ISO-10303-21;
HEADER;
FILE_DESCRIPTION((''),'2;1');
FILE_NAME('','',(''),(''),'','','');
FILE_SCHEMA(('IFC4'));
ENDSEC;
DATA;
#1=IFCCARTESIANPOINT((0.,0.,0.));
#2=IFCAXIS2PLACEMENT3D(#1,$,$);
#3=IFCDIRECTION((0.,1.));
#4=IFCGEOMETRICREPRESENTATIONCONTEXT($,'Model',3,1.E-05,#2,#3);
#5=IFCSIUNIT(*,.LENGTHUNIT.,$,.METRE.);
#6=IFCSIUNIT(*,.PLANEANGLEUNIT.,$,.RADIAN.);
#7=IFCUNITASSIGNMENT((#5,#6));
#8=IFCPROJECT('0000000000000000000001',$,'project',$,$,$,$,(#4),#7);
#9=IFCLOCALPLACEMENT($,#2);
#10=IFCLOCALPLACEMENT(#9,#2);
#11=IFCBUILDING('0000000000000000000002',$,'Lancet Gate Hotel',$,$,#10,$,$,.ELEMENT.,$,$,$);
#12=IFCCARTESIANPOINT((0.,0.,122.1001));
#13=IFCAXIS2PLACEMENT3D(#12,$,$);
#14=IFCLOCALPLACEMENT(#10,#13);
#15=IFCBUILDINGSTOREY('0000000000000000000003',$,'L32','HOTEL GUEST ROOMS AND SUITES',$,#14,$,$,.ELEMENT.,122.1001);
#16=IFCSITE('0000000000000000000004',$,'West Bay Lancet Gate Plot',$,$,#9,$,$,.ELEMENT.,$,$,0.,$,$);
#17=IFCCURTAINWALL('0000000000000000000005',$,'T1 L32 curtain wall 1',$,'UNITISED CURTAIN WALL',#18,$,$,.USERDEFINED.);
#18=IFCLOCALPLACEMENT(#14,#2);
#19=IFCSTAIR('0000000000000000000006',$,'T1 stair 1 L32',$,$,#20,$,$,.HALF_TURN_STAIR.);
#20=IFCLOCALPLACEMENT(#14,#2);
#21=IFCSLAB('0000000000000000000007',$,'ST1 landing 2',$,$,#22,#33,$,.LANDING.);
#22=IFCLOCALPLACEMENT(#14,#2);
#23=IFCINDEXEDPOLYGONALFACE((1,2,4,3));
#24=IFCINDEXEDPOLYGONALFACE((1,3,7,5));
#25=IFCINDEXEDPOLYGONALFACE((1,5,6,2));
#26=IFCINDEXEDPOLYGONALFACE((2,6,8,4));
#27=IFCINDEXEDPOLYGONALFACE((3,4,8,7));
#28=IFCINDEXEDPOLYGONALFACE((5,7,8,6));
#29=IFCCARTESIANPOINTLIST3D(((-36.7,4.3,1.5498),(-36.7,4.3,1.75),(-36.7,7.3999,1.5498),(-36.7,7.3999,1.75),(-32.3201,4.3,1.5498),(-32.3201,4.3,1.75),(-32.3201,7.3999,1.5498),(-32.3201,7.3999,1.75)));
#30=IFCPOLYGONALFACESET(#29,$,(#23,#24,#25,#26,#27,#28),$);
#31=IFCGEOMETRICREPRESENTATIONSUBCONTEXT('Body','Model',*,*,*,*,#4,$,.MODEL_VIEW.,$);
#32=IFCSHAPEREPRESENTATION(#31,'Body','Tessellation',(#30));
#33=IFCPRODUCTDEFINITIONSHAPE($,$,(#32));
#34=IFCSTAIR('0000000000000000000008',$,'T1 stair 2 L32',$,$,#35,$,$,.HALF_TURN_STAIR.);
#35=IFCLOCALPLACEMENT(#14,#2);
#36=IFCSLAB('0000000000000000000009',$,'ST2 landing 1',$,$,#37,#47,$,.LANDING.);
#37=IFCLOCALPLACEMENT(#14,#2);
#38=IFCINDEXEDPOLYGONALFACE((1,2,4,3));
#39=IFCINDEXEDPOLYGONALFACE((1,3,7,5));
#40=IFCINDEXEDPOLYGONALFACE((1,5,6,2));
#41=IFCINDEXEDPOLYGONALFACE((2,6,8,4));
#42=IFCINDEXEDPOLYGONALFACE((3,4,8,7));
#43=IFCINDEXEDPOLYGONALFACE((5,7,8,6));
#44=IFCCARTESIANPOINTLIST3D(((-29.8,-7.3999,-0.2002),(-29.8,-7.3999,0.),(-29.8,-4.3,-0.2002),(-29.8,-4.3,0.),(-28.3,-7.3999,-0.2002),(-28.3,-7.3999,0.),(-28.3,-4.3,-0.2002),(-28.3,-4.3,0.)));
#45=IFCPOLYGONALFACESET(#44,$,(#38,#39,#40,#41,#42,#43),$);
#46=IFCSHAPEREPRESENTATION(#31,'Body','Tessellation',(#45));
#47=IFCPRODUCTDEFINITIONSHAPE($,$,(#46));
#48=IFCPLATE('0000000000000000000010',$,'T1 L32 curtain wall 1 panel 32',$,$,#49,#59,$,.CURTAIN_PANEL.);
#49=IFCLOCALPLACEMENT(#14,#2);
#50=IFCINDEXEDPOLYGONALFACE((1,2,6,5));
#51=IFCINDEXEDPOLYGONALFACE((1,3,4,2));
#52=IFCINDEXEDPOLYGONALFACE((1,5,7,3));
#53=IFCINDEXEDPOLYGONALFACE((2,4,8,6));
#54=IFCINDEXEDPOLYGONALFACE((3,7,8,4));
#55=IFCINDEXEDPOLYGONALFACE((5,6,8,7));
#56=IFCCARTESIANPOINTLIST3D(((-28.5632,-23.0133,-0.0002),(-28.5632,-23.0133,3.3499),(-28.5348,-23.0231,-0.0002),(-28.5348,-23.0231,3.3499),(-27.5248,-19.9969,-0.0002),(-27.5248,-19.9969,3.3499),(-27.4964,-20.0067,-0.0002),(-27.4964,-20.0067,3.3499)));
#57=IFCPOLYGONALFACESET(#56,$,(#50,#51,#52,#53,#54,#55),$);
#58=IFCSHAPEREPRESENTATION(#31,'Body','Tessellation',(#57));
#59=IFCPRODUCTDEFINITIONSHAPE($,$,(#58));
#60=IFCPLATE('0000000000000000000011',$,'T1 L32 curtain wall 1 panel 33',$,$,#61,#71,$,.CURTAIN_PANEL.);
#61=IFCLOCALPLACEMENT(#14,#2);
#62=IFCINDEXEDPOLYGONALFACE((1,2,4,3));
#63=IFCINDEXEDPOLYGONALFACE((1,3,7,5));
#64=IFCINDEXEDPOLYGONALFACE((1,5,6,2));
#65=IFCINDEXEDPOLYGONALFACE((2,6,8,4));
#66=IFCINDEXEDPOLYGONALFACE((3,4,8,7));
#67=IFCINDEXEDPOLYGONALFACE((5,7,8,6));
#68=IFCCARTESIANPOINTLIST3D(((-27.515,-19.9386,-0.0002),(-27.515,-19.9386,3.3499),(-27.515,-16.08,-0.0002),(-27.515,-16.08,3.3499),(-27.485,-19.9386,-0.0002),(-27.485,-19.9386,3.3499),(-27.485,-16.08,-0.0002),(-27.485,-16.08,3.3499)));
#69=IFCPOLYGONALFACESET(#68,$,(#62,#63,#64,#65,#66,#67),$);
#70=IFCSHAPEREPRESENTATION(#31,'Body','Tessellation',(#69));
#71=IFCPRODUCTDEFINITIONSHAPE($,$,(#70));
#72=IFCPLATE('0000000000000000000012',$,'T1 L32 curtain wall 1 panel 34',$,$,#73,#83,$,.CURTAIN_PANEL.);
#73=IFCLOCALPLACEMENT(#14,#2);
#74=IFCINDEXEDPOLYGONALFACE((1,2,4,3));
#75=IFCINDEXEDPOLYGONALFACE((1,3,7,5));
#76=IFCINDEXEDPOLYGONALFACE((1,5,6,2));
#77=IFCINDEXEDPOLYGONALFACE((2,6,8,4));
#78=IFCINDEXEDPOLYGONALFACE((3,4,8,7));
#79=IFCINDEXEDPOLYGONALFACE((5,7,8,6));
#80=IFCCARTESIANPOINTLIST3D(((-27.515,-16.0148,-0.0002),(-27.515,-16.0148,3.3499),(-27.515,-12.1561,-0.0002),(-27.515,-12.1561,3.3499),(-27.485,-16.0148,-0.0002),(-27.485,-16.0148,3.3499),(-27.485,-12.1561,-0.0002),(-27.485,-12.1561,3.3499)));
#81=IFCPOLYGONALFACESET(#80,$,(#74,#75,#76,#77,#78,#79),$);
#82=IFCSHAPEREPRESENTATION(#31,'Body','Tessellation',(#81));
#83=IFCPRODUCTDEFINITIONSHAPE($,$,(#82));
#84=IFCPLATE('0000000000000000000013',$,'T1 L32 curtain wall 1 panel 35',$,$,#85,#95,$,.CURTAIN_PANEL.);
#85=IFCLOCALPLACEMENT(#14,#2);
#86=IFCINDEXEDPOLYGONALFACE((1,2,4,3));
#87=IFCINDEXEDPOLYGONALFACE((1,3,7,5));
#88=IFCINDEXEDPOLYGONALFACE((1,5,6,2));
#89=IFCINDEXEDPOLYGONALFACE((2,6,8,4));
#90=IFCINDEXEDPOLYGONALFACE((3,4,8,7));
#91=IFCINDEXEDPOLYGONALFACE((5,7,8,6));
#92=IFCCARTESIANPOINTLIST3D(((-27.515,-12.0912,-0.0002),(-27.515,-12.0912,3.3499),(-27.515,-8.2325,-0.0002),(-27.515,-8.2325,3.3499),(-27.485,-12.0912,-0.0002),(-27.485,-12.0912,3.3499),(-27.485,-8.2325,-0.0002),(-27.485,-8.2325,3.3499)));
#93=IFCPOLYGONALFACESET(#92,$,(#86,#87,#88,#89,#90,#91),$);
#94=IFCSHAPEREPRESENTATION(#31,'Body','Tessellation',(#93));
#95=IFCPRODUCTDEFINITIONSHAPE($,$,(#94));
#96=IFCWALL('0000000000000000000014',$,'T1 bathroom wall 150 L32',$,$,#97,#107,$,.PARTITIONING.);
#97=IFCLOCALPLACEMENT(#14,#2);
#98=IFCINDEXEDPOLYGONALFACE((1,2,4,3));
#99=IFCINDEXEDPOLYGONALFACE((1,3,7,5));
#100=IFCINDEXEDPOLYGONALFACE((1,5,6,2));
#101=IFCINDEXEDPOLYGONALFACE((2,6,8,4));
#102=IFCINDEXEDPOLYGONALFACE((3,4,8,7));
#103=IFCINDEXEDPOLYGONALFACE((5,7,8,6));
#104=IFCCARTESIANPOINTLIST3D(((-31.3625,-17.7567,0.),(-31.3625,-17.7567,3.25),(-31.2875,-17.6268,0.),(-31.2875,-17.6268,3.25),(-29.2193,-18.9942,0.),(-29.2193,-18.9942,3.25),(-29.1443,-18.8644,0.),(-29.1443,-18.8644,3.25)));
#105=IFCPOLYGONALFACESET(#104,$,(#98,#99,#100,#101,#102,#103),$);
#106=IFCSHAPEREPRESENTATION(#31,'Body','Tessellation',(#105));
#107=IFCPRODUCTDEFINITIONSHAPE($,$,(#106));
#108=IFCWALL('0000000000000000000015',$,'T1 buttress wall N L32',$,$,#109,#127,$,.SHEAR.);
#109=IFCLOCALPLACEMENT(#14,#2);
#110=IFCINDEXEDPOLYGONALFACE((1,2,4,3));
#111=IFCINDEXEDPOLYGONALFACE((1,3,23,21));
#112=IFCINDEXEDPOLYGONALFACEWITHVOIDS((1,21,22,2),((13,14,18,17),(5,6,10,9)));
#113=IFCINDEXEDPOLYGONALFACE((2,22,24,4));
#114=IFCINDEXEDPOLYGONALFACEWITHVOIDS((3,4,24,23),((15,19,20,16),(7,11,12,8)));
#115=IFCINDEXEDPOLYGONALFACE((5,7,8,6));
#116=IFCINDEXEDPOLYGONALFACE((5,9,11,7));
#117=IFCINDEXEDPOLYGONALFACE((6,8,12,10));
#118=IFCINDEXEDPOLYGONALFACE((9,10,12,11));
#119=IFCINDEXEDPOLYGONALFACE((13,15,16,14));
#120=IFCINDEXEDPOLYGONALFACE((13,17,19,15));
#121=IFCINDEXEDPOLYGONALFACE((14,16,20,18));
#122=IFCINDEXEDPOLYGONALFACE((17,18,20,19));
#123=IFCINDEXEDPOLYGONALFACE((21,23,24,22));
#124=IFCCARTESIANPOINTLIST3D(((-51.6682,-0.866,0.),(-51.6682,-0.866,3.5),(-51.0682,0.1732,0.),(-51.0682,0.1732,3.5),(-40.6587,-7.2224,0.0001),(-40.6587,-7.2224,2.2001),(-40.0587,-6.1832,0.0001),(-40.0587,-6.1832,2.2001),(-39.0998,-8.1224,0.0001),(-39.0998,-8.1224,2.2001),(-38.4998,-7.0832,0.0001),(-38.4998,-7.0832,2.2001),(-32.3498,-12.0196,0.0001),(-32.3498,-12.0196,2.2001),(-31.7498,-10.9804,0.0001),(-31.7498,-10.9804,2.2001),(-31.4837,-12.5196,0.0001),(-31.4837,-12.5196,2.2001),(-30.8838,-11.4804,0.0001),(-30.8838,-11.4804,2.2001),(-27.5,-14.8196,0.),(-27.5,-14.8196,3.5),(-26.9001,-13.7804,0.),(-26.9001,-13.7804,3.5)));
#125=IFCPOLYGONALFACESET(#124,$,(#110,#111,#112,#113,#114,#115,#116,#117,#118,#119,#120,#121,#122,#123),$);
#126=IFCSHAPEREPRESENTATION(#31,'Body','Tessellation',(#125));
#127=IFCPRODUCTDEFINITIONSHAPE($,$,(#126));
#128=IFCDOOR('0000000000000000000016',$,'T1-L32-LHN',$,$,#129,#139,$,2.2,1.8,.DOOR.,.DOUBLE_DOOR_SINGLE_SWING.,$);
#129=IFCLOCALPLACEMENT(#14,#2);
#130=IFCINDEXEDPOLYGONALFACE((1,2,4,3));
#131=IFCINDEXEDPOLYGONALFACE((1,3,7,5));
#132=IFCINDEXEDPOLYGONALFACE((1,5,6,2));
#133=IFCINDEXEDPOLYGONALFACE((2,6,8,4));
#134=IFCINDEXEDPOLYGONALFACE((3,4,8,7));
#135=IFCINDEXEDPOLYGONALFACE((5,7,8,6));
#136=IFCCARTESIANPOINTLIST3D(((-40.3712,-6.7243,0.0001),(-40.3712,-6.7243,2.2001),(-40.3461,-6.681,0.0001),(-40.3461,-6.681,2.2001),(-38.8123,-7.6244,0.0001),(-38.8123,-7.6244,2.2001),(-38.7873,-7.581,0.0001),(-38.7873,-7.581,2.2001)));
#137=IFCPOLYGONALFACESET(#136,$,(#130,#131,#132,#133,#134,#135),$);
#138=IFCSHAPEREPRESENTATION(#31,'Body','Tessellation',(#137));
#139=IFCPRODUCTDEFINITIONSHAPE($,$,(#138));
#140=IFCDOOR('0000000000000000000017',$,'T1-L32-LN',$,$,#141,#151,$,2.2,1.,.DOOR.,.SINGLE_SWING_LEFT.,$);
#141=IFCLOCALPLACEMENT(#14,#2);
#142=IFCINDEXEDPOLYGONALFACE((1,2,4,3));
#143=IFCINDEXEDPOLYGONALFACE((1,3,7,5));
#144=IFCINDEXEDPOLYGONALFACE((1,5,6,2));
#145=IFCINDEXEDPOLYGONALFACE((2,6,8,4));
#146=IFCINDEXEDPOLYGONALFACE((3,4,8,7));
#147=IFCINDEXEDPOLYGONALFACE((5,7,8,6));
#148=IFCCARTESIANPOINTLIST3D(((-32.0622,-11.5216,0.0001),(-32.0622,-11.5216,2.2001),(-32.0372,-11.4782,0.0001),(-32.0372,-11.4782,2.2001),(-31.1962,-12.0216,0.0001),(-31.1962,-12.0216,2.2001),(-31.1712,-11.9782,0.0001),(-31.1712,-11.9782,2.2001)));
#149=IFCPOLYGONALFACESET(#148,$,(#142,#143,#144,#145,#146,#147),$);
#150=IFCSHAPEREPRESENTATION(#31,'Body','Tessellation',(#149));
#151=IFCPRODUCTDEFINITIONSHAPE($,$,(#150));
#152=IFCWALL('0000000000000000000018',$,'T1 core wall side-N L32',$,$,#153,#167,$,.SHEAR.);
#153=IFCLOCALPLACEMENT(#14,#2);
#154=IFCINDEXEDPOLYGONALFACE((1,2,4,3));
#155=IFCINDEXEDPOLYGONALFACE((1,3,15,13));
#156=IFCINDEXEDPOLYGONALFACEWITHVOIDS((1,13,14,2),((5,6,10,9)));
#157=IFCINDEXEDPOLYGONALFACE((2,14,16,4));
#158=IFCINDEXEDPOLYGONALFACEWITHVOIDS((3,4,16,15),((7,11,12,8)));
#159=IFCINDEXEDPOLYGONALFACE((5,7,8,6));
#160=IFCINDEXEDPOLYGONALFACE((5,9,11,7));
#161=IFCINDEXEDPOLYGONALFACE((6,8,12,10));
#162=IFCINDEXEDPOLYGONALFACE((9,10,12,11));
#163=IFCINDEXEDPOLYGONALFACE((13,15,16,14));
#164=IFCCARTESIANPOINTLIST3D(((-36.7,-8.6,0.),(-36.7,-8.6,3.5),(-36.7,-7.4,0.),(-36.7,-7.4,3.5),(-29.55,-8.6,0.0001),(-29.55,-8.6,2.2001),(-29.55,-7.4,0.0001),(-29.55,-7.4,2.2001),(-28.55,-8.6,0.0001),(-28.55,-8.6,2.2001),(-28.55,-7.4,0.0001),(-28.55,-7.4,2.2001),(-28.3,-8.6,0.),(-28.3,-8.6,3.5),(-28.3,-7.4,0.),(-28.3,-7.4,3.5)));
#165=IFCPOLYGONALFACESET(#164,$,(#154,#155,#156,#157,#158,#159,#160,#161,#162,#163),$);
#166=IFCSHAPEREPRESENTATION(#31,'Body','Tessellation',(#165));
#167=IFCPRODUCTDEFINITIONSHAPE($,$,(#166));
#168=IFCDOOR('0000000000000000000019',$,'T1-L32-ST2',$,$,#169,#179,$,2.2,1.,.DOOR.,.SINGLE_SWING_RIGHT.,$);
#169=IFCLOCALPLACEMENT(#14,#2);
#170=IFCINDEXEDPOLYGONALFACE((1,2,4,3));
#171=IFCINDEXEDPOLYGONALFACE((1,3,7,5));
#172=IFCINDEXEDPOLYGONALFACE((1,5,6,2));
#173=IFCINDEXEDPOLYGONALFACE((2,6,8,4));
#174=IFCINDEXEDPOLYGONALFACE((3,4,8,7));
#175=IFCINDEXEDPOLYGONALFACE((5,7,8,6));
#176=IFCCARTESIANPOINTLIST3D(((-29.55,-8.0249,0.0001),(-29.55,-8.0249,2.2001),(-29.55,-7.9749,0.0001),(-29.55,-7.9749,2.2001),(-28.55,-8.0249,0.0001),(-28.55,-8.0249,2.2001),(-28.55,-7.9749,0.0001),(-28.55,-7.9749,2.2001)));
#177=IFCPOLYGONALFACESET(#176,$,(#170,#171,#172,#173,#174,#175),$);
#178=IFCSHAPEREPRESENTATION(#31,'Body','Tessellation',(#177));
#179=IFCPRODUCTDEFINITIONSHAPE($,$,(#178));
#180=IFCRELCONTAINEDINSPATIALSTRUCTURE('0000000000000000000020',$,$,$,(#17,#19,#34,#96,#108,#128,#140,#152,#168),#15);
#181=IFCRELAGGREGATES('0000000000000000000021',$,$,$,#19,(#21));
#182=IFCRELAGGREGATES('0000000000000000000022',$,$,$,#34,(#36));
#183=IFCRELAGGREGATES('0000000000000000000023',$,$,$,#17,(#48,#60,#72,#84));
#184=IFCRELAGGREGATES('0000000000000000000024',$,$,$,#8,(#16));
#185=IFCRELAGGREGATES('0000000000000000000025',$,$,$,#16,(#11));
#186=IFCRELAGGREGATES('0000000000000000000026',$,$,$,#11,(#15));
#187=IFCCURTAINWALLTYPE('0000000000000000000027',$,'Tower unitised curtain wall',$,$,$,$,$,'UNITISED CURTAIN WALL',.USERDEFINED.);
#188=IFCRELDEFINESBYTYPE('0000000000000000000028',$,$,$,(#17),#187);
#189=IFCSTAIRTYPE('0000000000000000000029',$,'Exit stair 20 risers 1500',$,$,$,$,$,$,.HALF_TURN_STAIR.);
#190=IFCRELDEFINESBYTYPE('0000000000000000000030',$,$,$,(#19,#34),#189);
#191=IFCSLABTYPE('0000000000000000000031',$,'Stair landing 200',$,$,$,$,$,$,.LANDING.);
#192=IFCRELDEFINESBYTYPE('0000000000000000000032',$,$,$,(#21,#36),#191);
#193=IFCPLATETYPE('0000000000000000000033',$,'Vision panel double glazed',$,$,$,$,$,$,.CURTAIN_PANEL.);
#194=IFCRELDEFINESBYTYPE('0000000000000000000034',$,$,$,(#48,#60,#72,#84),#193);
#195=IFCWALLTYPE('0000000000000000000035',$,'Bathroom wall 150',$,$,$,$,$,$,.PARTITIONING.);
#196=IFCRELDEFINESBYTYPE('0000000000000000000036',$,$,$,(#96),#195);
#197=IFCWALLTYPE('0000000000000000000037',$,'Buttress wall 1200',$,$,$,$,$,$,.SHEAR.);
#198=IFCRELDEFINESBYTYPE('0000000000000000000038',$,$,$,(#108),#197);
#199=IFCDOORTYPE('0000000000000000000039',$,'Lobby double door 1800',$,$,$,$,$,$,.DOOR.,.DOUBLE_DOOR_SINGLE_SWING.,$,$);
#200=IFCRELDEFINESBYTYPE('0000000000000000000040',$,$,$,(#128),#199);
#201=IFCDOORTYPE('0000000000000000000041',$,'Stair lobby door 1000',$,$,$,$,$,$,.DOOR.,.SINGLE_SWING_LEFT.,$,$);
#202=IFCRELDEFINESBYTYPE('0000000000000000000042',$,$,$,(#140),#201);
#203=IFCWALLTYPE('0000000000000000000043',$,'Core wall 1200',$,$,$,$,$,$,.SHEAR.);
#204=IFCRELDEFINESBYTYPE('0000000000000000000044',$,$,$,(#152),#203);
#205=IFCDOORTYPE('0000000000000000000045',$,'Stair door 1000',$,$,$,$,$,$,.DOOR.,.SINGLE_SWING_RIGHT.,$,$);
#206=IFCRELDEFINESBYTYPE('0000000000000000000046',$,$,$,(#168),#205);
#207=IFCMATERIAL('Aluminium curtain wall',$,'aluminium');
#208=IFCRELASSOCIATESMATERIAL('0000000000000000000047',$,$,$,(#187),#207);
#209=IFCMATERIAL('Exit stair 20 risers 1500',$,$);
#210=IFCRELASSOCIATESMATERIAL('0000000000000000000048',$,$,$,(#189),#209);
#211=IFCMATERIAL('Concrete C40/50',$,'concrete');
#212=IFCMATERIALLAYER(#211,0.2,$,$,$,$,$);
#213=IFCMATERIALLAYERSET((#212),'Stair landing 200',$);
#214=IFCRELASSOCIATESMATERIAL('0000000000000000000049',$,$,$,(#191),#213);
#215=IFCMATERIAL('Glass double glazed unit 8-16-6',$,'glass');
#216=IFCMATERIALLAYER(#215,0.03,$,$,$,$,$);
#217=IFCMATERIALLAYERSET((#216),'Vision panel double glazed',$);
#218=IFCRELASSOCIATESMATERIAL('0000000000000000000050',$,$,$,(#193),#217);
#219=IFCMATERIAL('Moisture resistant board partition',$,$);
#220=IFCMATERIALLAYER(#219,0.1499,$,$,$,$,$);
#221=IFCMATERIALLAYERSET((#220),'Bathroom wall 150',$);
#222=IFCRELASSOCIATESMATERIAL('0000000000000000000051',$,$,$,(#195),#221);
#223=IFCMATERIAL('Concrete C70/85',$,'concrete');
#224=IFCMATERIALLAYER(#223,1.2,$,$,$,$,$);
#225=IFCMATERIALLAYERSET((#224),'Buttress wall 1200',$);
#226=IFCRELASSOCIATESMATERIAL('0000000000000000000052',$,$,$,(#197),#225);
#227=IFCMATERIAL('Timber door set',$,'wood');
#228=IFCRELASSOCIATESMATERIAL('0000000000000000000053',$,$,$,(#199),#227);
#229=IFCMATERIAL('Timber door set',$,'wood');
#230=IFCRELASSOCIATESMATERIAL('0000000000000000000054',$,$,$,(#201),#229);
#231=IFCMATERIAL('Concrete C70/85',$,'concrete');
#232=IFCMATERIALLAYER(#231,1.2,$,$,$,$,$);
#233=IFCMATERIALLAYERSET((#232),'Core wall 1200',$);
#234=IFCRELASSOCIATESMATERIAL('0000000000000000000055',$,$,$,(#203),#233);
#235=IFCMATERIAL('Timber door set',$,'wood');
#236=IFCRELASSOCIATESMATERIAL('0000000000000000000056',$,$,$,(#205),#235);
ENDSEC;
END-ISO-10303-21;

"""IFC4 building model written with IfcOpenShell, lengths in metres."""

from ifc_helpers import new_model, si_unit, direction, frame, frame_2d, origin, origin_2d, place, context, subcontext, project, spatial, polyline, rectangle, outline, extrude, material, layer, layer_set, type_object, element, fill, aggregate, save


model = new_model("IFC4")

# Units and contexts
model_context = context("Model", 3, precision=1e-05, world=origin(), true_north=direction((0.0, 1.0)))
body_context = subcontext(model_context, "Body", "Model", "MODEL_VIEW")
ifc_project = project(units=[si_unit("LENGTHUNIT", "METRE"), si_unit("PLANEANGLEUNIT", "RADIAN")], contexts=[model_context])

# Site, building, storey
site_placement = place(None, origin())
site = spatial("IfcSite", under=ifc_project, at=site_placement, Name="West Bay Lancet Gate Plot", CompositionType="ELEMENT", RefElevation=0.0)
building_placement = place(site_placement, origin())
building = spatial("IfcBuilding", under=site, at=building_placement, Name="Lancet Gate Hotel", CompositionType="ELEMENT")
storey_placement = place(building_placement, frame((0.0, 0.0, 122.1001)))
storey = spatial("IfcBuildingStorey", under=building, at=storey_placement, Name="L32", Description="HOTEL GUEST ROOMS AND SUITES", CompositionType="ELEMENT", Elevation=122.1001)

# Curtain wall
ifc_material_1 = material(Name="Aluminium curtain wall", Category="aluminium")
curtain_wall_type = type_object("IfcCurtainWallType", Name="Tower unitised curtain wall", ElementType="UNITISED CURTAIN WALL", PredefinedType="USERDEFINED", material=ifc_material_1)
curtain_wall_placement = place(storey_placement, origin())
curtain_wall = element("IfcCurtainWall", 1, at=curtain_wall_placement, inside=storey, type_object=curtain_wall_type, Name="T1 L32 curtain wall 1", ObjectType="UNITISED CURTAIN WALL", PredefinedType="USERDEFINED")

# Stair, slab
ifc_material_2 = material(Name="Exit stair 20 risers 1500")
stair_type = type_object("IfcStairType", Name="Exit stair 20 risers 1500", PredefinedType="HALF_TURN_STAIR", material=ifc_material_2)
stair_1_placement = place(storey_placement, origin())
stair_1 = element("IfcStair", 2, at=stair_1_placement, inside=storey, type_object=stair_type, Name="T1 stair 1 L32", PredefinedType="HALF_TURN_STAIR")
ifc_material_3 = material(Name="Concrete C40/50", Category="concrete")
ifc_layer_1 = layer(ifc_material_3, 0.2)
ifc_layer_set_1 = layer_set([ifc_layer_1], Name="Stair landing 200")
slab_type_1 = type_object("IfcSlabType", Name="Stair landing 200", PredefinedType="LANDING", material=ifc_layer_set_1)
slab_1_placement = place(storey_placement, frame((0.0, 0.0, 1.5498)))
slab_1 = element("IfcSlab", 3, at=slab_1_placement, type_object=slab_type_1, Name="ST1 landing 2", PredefinedType="LANDING", context=body_context, shape_type="SweptSolid", body=[
    extrude(outline(polyline([(-32.3201, 7.3999), (-36.7, 7.3999), (-36.7, 4.3), (-32.3201, 4.3), (-32.3201, 7.3999)])), origin(), (0.0, 0.0, 1.0), 0.2002),
])
aggregate(stair_1, [slab_1])

# Stair, slab
stair_2_placement = place(storey_placement, origin())
stair_2 = element("IfcStair", 4, at=stair_2_placement, inside=storey, type_object=stair_type, Name="T1 stair 2 L32", PredefinedType="HALF_TURN_STAIR")
slab_2_placement = place(storey_placement, frame((0.0, 0.0, -0.2002)))
slab_2 = element("IfcSlab", 5, at=slab_2_placement, type_object=slab_type_1, Name="ST2 landing 1", PredefinedType="LANDING", context=body_context, shape_type="SweptSolid", body=[
    extrude(outline(polyline([(-28.3, -4.3), (-29.8, -4.3), (-29.8, -7.3999), (-28.3, -7.3999), (-28.3, -4.3)])), origin(), (0.0, 0.0, 1.0), 0.2002),
])
aggregate(stair_2, [slab_2])

# Plates
ifc_material_4 = material(Name="Glass double glazed unit 8-16-6", Category="glass")
ifc_layer_2 = layer(ifc_material_4, 0.03)
ifc_layer_set_2 = layer_set([ifc_layer_2], Name="Vision panel double glazed")
plate_type = type_object("IfcPlateType", Name="Vision panel double glazed", PredefinedType="CURTAIN_PANEL", material=ifc_layer_set_2)
plate_1_placement = place(storey_placement, frame((-28.0298, -21.51, -0.0002), z_axis=(0.0, 0.0, 1.0), x_axis=(0.325516, 0.945537, 0.0)))
plate_1 = element("IfcPlate", 6, at=plate_1_placement, type_object=plate_type, Name="T1 L32 curtain wall 1 panel 32", PredefinedType="CURTAIN_PANEL", context=body_context, shape_type="SweptSolid", body=[
    extrude(rectangle(XDim=3.1902, YDim=0.03, at=origin_2d()), origin(), (0.0, 0.0, 1.0), 3.3501),
])
plate_2_placement = place(storey_placement, frame((-27.5, -18.0093, -0.0002), z_axis=(0.0, 0.0, 1.0), x_axis=(0.0, 1.0, 0.0)))
plate_2 = element("IfcPlate", 7, at=plate_2_placement, type_object=plate_type, Name="T1 L32 curtain wall 1 panel 33", PredefinedType="CURTAIN_PANEL", context=body_context, shape_type="SweptSolid", body=[
    extrude(rectangle(XDim=3.8586, YDim=0.03, at=origin_2d()), origin(), (0.0, 0.0, 1.0), 3.3501),
])
plate_3_placement = place(storey_placement, frame((-27.5, -14.0854, -0.0002), z_axis=(0.0, 0.0, 1.0), x_axis=(0.0, 1.0, 0.0)))
plate_3 = element("IfcPlate", 8, at=plate_3_placement, type_object=plate_type, Name="T1 L32 curtain wall 1 panel 34", PredefinedType="CURTAIN_PANEL", context=body_context, shape_type="SweptSolid", body=[
    extrude(rectangle(XDim=3.8586, YDim=0.03, at=origin_2d()), origin(), (0.0, 0.0, 1.0), 3.3501),
])
plate_4_placement = place(storey_placement, frame((-27.5, -10.1619, -0.0002), z_axis=(0.0, 0.0, 1.0), x_axis=(0.0, 1.0, 0.0)))
plate_4 = element("IfcPlate", 9, at=plate_4_placement, type_object=plate_type, Name="T1 L32 curtain wall 1 panel 35", PredefinedType="CURTAIN_PANEL", context=body_context, shape_type="SweptSolid", body=[
    extrude(rectangle(XDim=3.8586, YDim=0.03, at=origin_2d()), origin(), (0.0, 0.0, 1.0), 3.3501),
])
aggregate(curtain_wall, [plate_1, plate_2, plate_3, plate_4])

# Wall
ifc_material_5 = material(Name="Moisture resistant board partition")
ifc_layer_3 = layer(ifc_material_5, 0.1499)
ifc_layer_set_3 = layer_set([ifc_layer_3], Name="Bathroom wall 150")
wall_type_1 = type_object("IfcWallType", Name="Bathroom wall 150", PredefinedType="PARTITIONING", material=ifc_layer_set_3)
wall_1_placement = place(storey_placement, frame((-29.1819, -18.9292, 0.0), z_axis=(0.0, 0.0, 1.0), x_axis=(-0.866007, 0.500033, 0.0)))
element("IfcWall", 10, at=wall_1_placement, inside=storey, type_object=wall_type_1, Name="T1 bathroom wall 150 L32", PredefinedType="PARTITIONING", context=body_context, shape_type="SweptSolid", body=[
    extrude(rectangle(XDim=2.4749, YDim=0.1499, at=frame_2d((1.2373, 0.0))), origin(), (0.0, 0.0, 1.0), 3.25),
])

# Wall, openings, doors
ifc_material_6 = material(Name="Concrete C70/85", Category="concrete")
ifc_layer_4 = layer(ifc_material_6, 1.2)
ifc_layer_set_4 = layer_set([ifc_layer_4], Name="Buttress wall 1200")
wall_type_2 = type_object("IfcWallType", Name="Buttress wall 1200", PredefinedType="SHEAR", material=ifc_layer_set_4)
wall_2_placement = place(storey_placement, frame((-27.2, -14.3, 0.0), z_axis=(0.0, 0.0, 1.0), x_axis=(-0.866024, 0.500002, 0.0)))
wall_2 = element("IfcWall", 11, at=wall_2_placement, inside=storey, type_object=wall_type_2, Name="T1 buttress wall N L32", PredefinedType="SHEAR", context=body_context, shape_type="SweptSolid", body=[
    extrude(rectangle(XDim=27.907, YDim=1.2, at=frame_2d((13.9536, 0.0))), origin(), (0.0, 0.0, 1.0), 3.5),
])
opening_1_placement = place(wall_2_placement, frame((4.6001, 0.0, 0.0)))
opening_1 = element("IfcOpeningElement", 12, at=opening_1_placement, cuts=wall_2, PredefinedType="OPENING", context=body_context, shape_type="SweptSolid", body=[
    extrude(rectangle(XDim=1.0, YDim=2.2, at=frame_2d((0.5, 1.1001))), frame((0.0, 0.6099, 0.0), z_axis=(0.0, -1.0, 0.0), x_axis=(1.0, 0.0, 0.0)), (0.0, 0.0, 1.0), 1.22),
])
opening_2_placement = place(wall_2_placement, frame((13.3945, 0.0, 0.0)))
opening_2 = element("IfcOpeningElement", 13, at=opening_2_placement, cuts=wall_2, PredefinedType="OPENING", context=body_context, shape_type="SweptSolid", body=[
    extrude(rectangle(XDim=1.8, YDim=2.2, at=frame_2d((0.8999, 1.1001))), frame((0.0, 0.6099, 0.0), z_axis=(0.0, -1.0, 0.0), x_axis=(1.0, 0.0, 0.0)), (0.0, 0.0, 1.0), 1.22),
])
ifc_material_7 = material(Name="Timber door set", Category="wood")
door_type_1 = type_object("IfcDoorType", Name="Lobby double door 1800", OperationType="DOUBLE_DOOR_SINGLE_SWING", PredefinedType="DOOR", material=ifc_material_7)
door_1_placement = place(opening_2_placement, origin())
door_1 = element("IfcDoor", 14, at=door_1_placement, inside=storey, type_object=door_type_1, Name="T1-L32-LHN", OperationType="DOUBLE_DOOR_SINGLE_SWING", OverallHeight=2.2, OverallWidth=1.8, PredefinedType="DOOR", context=body_context, shape_type="SweptSolid", body=[
    extrude(rectangle(XDim=1.8, YDim=2.2, at=frame_2d((0.8999, 1.1001))), frame((0.0, 0.0249, 0.0), z_axis=(0.0, -1.0, 0.0), x_axis=(1.0, 0.0, 0.0)), (0.0, 0.0, 1.0), 0.05),
])
fill(opening_2, door_1)
ifc_material_8 = material(Name="Timber door set", Category="wood")
door_type_2 = type_object("IfcDoorType", Name="Stair lobby door 1000", OperationType="SINGLE_SWING_LEFT", PredefinedType="DOOR", material=ifc_material_8)
door_2_placement = place(opening_1_placement, origin())
door_2 = element("IfcDoor", 15, at=door_2_placement, inside=storey, type_object=door_type_2, Name="T1-L32-LN", OperationType="SINGLE_SWING_LEFT", OverallHeight=2.2, OverallWidth=1.0, PredefinedType="DOOR", context=body_context, shape_type="SweptSolid", body=[
    extrude(rectangle(XDim=1.0, YDim=2.2, at=frame_2d((0.5, 1.1001))), frame((0.0, 0.0249, 0.0), z_axis=(0.0, -1.0, 0.0), x_axis=(1.0, 0.0, 0.0)), (0.0, 0.0, 1.0), 0.05),
])
fill(opening_1, door_2)

# Wall, opening, door
ifc_material_9 = material(Name="Concrete C70/85", Category="concrete")
ifc_layer_5 = layer(ifc_material_9, 1.2)
ifc_layer_set_5 = layer_set([ifc_layer_5], Name="Core wall 1200")
wall_type_3 = type_object("IfcWallType", Name="Core wall 1200", PredefinedType="SHEAR", material=ifc_layer_set_5)
wall_3_placement = place(storey_placement, frame((-28.3, -8.0, 0.0), z_axis=(0.0, 0.0, 1.0), x_axis=(-1.0, 0.0, 0.0)))
wall_3 = element("IfcWall", 16, at=wall_3_placement, inside=storey, type_object=wall_type_3, Name="T1 core wall side-N L32", PredefinedType="SHEAR", context=body_context, shape_type="SweptSolid", body=[
    extrude(rectangle(XDim=8.3999, YDim=1.2, at=frame_2d((4.2, 0.0))), origin(), (0.0, 0.0, 1.0), 3.5),
])
opening_3_placement = place(wall_3_placement, frame((0.25, 0.0, 0.0)))
opening_3 = element("IfcOpeningElement", 17, at=opening_3_placement, cuts=wall_3, PredefinedType="OPENING", context=body_context, shape_type="SweptSolid", body=[
    extrude(rectangle(XDim=1.0, YDim=2.2, at=frame_2d((0.5, 1.1001))), frame((0.0, 0.6099, 0.0), z_axis=(0.0, -1.0, 0.0), x_axis=(1.0, 0.0, 0.0)), (0.0, 0.0, 1.0), 1.22),
])
ifc_material_10 = material(Name="Timber door set", Category="wood")
door_type_3 = type_object("IfcDoorType", Name="Stair door 1000", OperationType="SINGLE_SWING_RIGHT", PredefinedType="DOOR", material=ifc_material_10)
door_3_placement = place(opening_3_placement, origin())
door_3 = element("IfcDoor", 18, at=door_3_placement, inside=storey, type_object=door_type_3, Name="T1-L32-ST2", OperationType="SINGLE_SWING_RIGHT", OverallHeight=2.2, OverallWidth=1.0, PredefinedType="DOOR", context=body_context, shape_type="SweptSolid", body=[
    extrude(rectangle(XDim=1.0, YDim=2.2, at=frame_2d((0.5, 1.1001))), frame((0.0, 0.0249, 0.0), z_axis=(0.0, -1.0, 0.0), x_axis=(1.0, 0.0, 0.0)), (0.0, 0.0, 1.0), 0.05),
])
fill(opening_3, door_3)

save(model, "model.ifc")
